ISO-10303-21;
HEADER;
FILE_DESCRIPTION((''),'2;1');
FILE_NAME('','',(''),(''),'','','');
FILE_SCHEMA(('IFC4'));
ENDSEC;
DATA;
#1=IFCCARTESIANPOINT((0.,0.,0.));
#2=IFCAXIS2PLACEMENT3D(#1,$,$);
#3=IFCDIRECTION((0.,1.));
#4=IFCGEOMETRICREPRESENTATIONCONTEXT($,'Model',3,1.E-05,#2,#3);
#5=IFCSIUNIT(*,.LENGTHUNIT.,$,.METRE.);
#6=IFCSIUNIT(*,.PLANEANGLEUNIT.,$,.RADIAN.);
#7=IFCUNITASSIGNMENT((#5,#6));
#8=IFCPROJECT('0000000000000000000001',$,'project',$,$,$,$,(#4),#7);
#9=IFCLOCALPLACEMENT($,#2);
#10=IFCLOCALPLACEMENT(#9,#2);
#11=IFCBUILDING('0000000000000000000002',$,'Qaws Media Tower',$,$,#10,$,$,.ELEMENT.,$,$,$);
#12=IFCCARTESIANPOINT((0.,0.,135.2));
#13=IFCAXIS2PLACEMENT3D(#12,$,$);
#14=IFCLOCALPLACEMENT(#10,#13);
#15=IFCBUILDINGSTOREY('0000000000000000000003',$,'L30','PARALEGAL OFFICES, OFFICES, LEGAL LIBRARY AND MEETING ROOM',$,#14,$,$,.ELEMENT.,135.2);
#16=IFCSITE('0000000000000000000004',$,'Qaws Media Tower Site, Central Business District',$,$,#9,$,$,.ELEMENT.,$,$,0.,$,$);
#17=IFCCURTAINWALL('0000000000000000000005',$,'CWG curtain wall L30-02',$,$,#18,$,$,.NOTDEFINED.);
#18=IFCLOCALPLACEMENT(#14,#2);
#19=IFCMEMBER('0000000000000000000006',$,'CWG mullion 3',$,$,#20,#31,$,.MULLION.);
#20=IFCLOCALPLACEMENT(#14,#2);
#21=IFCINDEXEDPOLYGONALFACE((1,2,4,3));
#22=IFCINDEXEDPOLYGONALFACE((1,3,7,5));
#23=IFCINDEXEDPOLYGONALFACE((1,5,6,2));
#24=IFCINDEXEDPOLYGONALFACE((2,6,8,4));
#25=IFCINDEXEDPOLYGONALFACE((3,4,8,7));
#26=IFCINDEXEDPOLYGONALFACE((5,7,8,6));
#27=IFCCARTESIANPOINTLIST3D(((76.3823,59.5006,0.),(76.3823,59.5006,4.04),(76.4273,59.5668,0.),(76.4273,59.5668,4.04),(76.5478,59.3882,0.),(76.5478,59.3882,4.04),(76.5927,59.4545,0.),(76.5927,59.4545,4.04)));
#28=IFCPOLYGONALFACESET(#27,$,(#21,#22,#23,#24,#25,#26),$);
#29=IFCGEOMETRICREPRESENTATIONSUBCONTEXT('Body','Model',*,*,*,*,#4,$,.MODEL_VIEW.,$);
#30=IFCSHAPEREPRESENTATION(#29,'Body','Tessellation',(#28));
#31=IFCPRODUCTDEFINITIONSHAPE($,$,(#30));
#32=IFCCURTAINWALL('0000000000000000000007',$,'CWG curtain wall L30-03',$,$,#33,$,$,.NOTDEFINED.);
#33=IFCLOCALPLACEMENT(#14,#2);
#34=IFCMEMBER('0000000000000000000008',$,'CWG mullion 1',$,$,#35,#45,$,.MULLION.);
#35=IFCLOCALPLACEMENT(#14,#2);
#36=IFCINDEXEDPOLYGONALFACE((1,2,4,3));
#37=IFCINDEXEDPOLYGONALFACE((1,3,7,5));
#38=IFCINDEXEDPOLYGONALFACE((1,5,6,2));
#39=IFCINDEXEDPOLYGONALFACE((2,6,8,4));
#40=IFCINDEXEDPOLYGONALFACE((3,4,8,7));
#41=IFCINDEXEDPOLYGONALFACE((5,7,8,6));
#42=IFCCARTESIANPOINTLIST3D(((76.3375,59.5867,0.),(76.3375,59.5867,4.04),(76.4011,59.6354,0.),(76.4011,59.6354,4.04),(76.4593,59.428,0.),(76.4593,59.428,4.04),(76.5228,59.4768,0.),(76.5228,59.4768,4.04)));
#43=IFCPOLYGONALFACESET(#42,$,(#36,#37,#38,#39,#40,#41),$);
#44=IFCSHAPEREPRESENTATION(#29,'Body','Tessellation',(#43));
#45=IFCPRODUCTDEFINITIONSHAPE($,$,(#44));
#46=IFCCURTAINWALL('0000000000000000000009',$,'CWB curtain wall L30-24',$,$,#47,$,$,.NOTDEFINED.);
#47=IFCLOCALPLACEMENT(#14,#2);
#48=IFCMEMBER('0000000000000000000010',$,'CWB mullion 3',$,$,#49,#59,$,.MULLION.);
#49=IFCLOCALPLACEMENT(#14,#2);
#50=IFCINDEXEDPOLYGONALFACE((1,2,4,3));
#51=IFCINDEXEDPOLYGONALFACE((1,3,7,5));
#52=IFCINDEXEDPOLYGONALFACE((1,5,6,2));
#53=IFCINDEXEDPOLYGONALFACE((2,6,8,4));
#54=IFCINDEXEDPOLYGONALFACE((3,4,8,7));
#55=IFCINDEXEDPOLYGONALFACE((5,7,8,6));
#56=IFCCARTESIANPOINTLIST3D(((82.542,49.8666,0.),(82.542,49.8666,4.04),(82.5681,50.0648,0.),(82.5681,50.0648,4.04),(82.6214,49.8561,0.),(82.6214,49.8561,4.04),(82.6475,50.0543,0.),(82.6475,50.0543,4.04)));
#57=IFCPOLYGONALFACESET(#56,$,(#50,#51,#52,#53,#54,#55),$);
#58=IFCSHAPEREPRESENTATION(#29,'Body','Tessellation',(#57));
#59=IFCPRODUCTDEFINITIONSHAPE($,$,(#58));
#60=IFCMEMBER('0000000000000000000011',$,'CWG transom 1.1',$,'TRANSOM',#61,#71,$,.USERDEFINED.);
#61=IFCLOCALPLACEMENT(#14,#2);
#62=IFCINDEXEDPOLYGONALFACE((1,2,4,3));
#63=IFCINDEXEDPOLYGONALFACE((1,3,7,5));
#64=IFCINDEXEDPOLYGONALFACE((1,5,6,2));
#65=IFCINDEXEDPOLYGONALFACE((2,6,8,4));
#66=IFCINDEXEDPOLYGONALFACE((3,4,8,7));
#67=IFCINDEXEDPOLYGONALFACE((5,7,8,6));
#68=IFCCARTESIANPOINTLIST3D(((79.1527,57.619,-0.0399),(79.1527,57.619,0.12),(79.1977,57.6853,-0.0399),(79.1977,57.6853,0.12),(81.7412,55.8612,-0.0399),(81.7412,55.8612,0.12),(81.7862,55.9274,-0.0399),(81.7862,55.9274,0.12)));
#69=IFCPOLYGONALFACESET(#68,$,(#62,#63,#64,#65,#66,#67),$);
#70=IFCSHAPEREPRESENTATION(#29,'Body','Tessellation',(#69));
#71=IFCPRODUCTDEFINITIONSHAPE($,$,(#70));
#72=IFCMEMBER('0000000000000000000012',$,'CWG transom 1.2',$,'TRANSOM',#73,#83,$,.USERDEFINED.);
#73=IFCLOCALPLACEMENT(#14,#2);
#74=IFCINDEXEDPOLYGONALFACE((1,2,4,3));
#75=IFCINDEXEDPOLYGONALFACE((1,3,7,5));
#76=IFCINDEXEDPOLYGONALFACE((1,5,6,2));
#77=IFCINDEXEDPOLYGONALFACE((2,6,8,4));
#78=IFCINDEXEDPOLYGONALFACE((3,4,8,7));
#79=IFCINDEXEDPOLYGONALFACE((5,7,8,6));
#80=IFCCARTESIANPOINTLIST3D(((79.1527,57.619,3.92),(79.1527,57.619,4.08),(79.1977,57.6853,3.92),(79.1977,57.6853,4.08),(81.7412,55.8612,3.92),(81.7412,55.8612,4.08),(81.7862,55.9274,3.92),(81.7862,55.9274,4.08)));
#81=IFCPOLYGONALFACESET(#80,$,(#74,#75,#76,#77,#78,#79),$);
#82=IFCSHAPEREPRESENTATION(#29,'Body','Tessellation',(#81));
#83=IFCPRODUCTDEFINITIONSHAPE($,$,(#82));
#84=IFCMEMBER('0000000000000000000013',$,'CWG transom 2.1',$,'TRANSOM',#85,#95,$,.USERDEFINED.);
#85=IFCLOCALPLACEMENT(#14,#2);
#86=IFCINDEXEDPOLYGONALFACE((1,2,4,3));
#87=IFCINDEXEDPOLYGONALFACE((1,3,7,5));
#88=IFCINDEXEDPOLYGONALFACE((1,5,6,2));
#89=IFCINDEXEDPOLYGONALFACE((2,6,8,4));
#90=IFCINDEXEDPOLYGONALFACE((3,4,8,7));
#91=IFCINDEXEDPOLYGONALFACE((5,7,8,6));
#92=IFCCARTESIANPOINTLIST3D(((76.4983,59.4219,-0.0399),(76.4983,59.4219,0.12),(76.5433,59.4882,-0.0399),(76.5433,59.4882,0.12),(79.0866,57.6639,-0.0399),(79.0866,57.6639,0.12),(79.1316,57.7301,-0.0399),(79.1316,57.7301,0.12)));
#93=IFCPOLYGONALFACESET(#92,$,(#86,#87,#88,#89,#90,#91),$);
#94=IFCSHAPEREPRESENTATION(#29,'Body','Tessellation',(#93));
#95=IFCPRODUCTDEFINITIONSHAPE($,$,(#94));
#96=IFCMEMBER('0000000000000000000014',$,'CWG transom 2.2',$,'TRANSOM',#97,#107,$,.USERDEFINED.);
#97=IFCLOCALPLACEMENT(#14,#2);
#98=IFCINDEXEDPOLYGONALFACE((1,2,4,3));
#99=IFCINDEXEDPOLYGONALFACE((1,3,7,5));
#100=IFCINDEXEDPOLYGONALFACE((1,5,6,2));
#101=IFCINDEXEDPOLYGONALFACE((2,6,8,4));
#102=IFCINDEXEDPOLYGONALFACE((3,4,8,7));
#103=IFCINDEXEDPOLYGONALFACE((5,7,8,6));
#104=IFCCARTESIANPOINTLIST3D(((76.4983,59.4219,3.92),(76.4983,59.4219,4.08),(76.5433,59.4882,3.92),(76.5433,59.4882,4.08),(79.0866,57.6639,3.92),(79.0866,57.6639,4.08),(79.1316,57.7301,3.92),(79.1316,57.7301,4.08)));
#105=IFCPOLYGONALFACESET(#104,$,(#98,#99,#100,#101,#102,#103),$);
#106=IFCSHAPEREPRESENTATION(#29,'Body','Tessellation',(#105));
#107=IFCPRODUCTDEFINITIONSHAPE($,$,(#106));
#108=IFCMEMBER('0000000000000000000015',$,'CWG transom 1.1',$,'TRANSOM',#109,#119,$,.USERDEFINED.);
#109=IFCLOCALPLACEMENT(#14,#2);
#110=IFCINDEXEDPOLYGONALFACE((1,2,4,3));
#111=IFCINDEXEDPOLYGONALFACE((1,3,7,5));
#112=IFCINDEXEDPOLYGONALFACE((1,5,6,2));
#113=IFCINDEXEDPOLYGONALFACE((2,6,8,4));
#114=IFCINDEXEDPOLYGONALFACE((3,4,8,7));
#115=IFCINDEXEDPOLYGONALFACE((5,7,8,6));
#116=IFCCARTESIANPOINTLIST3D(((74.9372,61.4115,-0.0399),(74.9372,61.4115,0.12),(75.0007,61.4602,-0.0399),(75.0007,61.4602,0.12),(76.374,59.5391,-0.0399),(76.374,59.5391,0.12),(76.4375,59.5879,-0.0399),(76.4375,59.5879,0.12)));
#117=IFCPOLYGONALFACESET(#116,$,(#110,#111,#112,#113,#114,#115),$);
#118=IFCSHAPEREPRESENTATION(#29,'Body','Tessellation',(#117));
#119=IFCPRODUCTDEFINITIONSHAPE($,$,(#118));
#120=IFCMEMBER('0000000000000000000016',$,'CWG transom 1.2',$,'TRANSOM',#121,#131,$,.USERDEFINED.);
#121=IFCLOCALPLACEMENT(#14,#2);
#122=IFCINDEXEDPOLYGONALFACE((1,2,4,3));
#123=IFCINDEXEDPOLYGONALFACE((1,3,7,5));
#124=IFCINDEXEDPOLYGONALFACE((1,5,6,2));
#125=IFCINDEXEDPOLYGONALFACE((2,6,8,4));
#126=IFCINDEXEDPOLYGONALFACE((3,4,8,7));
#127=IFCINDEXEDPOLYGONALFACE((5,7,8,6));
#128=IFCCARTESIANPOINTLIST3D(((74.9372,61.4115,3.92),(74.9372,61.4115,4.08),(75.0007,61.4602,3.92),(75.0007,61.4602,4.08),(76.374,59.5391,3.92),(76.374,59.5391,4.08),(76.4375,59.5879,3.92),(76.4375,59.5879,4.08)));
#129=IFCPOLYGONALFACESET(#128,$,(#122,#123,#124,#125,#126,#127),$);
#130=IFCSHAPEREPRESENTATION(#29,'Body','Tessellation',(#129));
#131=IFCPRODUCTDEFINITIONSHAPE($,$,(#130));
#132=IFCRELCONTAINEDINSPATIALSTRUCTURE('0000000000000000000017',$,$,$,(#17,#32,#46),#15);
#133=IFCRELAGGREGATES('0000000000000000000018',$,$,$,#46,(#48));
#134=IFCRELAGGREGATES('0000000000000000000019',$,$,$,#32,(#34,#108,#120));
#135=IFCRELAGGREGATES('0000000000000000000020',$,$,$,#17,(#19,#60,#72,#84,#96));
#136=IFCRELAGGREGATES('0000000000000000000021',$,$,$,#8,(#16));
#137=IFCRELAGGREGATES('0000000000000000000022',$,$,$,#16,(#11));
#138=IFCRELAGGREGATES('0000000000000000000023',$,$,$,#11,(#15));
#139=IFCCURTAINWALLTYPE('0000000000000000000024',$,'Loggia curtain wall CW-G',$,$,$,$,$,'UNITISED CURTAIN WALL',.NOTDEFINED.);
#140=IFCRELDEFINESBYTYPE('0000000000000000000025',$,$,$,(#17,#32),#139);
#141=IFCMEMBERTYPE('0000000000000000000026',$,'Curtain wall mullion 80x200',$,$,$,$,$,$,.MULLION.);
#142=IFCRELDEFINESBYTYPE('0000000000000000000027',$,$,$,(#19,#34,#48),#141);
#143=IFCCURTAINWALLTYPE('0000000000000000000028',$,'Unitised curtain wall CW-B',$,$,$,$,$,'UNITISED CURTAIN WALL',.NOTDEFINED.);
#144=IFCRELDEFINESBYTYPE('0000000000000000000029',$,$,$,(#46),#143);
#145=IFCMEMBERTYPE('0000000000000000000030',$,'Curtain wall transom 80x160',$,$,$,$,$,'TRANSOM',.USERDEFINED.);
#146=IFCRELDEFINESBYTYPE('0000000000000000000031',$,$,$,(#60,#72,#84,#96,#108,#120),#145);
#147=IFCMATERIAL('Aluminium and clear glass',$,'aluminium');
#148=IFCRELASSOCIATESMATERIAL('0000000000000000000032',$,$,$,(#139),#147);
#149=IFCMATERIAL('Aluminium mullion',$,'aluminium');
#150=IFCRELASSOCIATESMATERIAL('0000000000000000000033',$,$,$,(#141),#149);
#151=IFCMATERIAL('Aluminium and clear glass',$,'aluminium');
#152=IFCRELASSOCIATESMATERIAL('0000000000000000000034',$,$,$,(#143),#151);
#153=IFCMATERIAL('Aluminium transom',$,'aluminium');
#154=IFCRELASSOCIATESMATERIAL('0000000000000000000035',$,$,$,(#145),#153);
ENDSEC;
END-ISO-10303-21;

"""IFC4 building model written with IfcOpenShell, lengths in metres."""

from ifc_helpers import new_model, si_unit, direction, frame, origin, origin_2d, place, context, subcontext, project, spatial, rectangle, extrude, material, material_profile, profile_set, type_object, element, aggregate, save


model = new_model("IFC4")

# Units and contexts
model_context = context("Model", 3, precision=1e-05, world=origin(), true_north=direction((0.0, 1.0)))
body_context = subcontext(model_context, "Body", "Model", "MODEL_VIEW")
ifc_project = project(units=[si_unit("LENGTHUNIT", "METRE"), si_unit("PLANEANGLEUNIT", "RADIAN")], contexts=[model_context])

# Site, building, storey
site_placement = place(None, origin())
site = spatial("IfcSite", under=ifc_project, at=site_placement, Name="Qaws Media Tower Site, Central Business District", CompositionType="ELEMENT", RefElevation=0.0)
building_placement = place(site_placement, origin())
building = spatial("IfcBuilding", under=site, at=building_placement, Name="Qaws Media Tower", CompositionType="ELEMENT")
storey_placement = place(building_placement, frame((0.0, 0.0, 135.2)))
storey = spatial("IfcBuildingStorey", under=building, at=storey_placement, Name="L30", Description="PARALEGAL OFFICES, OFFICES, LEGAL LIBRARY AND MEETING ROOM", CompositionType="ELEMENT", Elevation=135.2)

# Curtain wall, member
ifc_material_1 = material(Name="Aluminium and clear glass", Category="aluminium")
curtain_wall_type_1 = type_object("IfcCurtainWallType", Name="Loggia curtain wall CW-G", ElementType="UNITISED CURTAIN WALL", PredefinedType="NOTDEFINED", material=ifc_material_1)
curtain_wall_1_placement = place(storey_placement, origin())
curtain_wall_1 = element("IfcCurtainWall", 1, at=curtain_wall_1_placement, inside=storey, type_object=curtain_wall_type_1, Name="CWG curtain wall L30-02", PredefinedType="NOTDEFINED")
ifc_material_2 = material(Name="Aluminium mullion", Category="aluminium")
ifc_material_profile_1 = material_profile(ifc_material_2, rectangle(XDim=0.0801, YDim=0.2, at=origin_2d()), Name="80x200")
ifc_profile_set_1 = profile_set([ifc_material_profile_1], Name="Aluminium mullion")
member_type_1 = type_object("IfcMemberType", Name="Curtain wall mullion 80x200", PredefinedType="MULLION", material=ifc_profile_set_1)
member_1_placement = place(storey_placement, frame((76.4875, 59.4775, 0.0), z_axis=(0.0, 0.0, 1.0), x_axis=(-0.561825, -0.827256, 0.0)))
member_1 = element("IfcMember", 2, at=member_1_placement, type_object=member_type_1, Name="CWG mullion 3", PredefinedType="MULLION", context=body_context, shape_type="SweptSolid", body=[
    extrude(rectangle(XDim=0.0801, YDim=0.2, at=origin_2d()), origin(), (0.0, 0.0, 1.0), 4.04),
])

# Curtain walls, members
curtain_wall_2_placement = place(storey_placement, origin())
curtain_wall_2 = element("IfcCurtainWall", 3, at=curtain_wall_2_placement, inside=storey, type_object=curtain_wall_type_1, Name="CWG curtain wall L30-03", PredefinedType="NOTDEFINED")
member_2_placement = place(storey_placement, frame((76.4302, 59.5317, 0.0), z_axis=(0.0, 0.0, 1.0), x_axis=(-0.793353, -0.608761, 0.0)))
member_2 = element("IfcMember", 4, at=member_2_placement, type_object=member_type_1, Name="CWG mullion 1", PredefinedType="MULLION", context=body_context, shape_type="SweptSolid", body=[
    extrude(rectangle(XDim=0.0801, YDim=0.2, at=origin_2d()), origin(), (0.0, 0.0, 1.0), 4.04),
])
ifc_material_3 = material(Name="Aluminium and clear glass", Category="aluminium")
curtain_wall_type_2 = type_object("IfcCurtainWallType", Name="Unitised curtain wall CW-B", ElementType="UNITISED CURTAIN WALL", PredefinedType="NOTDEFINED", material=ifc_material_3)
curtain_wall_3_placement = place(storey_placement, origin())
curtain_wall_3 = element("IfcCurtainWall", 5, at=curtain_wall_3_placement, inside=storey, type_object=curtain_wall_type_2, Name="CWB curtain wall L30-24", PredefinedType="NOTDEFINED")
member_3_placement = place(storey_placement, frame((82.5947, 49.9604, 0.0), z_axis=(0.0, 0.0, 1.0), x_axis=(-0.991445, 0.130526, 0.0)))
member_3 = element("IfcMember", 6, at=member_3_placement, type_object=member_type_1, Name="CWB mullion 3", PredefinedType="MULLION", context=body_context, shape_type="SweptSolid", body=[
    extrude(rectangle(XDim=0.0801, YDim=0.2, at=origin_2d()), origin(), (0.0, 0.0, 1.0), 4.04),
])
aggregate(curtain_wall_3, [member_3])

# Members
ifc_material_4 = material(Name="Aluminium transom", Category="aluminium")
ifc_material_profile_2 = material_profile(ifc_material_4, rectangle(XDim=0.0801, YDim=0.1599, at=origin_2d()), Name="80x160")
ifc_profile_set_2 = profile_set([ifc_material_profile_2], Name="Aluminium transom")
member_type_2 = type_object("IfcMemberType", Name="Curtain wall transom 80x160", ElementType="TRANSOM", PredefinedType="USERDEFINED", material=ifc_profile_set_2)
member_4_placement = place(storey_placement, frame((81.7637, 55.8943, 0.04), z_axis=(-0.827266, 0.56181, 0.0), x_axis=(-0.56181, -0.827266, 0.0)))
member_4 = element("IfcMember", 7, at=member_4_placement, type_object=member_type_2, Name="CWG transom 1.1", ObjectType="TRANSOM", PredefinedType="USERDEFINED", context=body_context, shape_type="SweptSolid", body=[
    extrude(rectangle(XDim=0.0801, YDim=0.1599, at=origin_2d()), origin(), (0.0, 0.0, 1.0), 3.1289),
])
member_5_placement = place(storey_placement, frame((81.7637, 55.8943, 4.0), z_axis=(-0.827266, 0.56181, 0.0), x_axis=(-0.56181, -0.827266, 0.0)))
member_5 = element("IfcMember", 8, at=member_5_placement, type_object=member_type_2, Name="CWG transom 1.2", ObjectType="TRANSOM", PredefinedType="USERDEFINED", context=body_context, shape_type="SweptSolid", body=[
    extrude(rectangle(XDim=0.0801, YDim=0.1599, at=origin_2d()), origin(), (0.0, 0.0, 1.0), 3.1289),
])
member_6_placement = place(storey_placement, frame((79.1091, 57.697, 0.04), z_axis=(-0.82723, 0.561864, 0.0), x_axis=(-0.561864, -0.82723, 0.0)))
member_6 = element("IfcMember", 9, at=member_6_placement, type_object=member_type_2, Name="CWG transom 2.1", ObjectType="TRANSOM", PredefinedType="USERDEFINED", context=body_context, shape_type="SweptSolid", body=[
    extrude(rectangle(XDim=0.0801, YDim=0.1599, at=origin_2d()), origin(), (0.0, 0.0, 1.0), 3.1289),
])
member_7_placement = place(storey_placement, frame((79.1091, 57.697, 4.0), z_axis=(-0.82723, 0.561864, 0.0), x_axis=(-0.561864, -0.82723, 0.0)))
member_7 = element("IfcMember", 10, at=member_7_placement, type_object=member_type_2, Name="CWG transom 2.2", ObjectType="TRANSOM", PredefinedType="USERDEFINED", context=body_context, shape_type="SweptSolid", body=[
    extrude(rectangle(XDim=0.0801, YDim=0.1599, at=origin_2d()), origin(), (0.0, 0.0, 1.0), 3.1289),
])
member_8_placement = place(storey_placement, frame((76.4058, 59.5635, 0.04), z_axis=(-0.608785, 0.793335, 0.0), x_axis=(-0.793335, -0.608785, 0.0)))
member_8 = element("IfcMember", 11, at=member_8_placement, type_object=member_type_2, Name="CWG transom 1.1", ObjectType="TRANSOM", PredefinedType="USERDEFINED", context=body_context, shape_type="SweptSolid", body=[
    extrude(rectangle(XDim=0.0801, YDim=0.1599, at=origin_2d()), origin(), (0.0, 0.0, 1.0), 2.3601),
])
member_9_placement = place(storey_placement, frame((76.4058, 59.5635, 4.0), z_axis=(-0.608785, 0.793335, 0.0), x_axis=(-0.793335, -0.608785, 0.0)))
member_9 = element("IfcMember", 12, at=member_9_placement, type_object=member_type_2, Name="CWG transom 1.2", ObjectType="TRANSOM", PredefinedType="USERDEFINED", context=body_context, shape_type="SweptSolid", body=[
    extrude(rectangle(XDim=0.0801, YDim=0.1599, at=origin_2d()), origin(), (0.0, 0.0, 1.0), 2.3601),
])
aggregate(curtain_wall_2, [member_2, member_8, member_9])

aggregate(curtain_wall_1, [member_1, member_4, member_5, member_6, member_7])

save(model, "model.ifc")
